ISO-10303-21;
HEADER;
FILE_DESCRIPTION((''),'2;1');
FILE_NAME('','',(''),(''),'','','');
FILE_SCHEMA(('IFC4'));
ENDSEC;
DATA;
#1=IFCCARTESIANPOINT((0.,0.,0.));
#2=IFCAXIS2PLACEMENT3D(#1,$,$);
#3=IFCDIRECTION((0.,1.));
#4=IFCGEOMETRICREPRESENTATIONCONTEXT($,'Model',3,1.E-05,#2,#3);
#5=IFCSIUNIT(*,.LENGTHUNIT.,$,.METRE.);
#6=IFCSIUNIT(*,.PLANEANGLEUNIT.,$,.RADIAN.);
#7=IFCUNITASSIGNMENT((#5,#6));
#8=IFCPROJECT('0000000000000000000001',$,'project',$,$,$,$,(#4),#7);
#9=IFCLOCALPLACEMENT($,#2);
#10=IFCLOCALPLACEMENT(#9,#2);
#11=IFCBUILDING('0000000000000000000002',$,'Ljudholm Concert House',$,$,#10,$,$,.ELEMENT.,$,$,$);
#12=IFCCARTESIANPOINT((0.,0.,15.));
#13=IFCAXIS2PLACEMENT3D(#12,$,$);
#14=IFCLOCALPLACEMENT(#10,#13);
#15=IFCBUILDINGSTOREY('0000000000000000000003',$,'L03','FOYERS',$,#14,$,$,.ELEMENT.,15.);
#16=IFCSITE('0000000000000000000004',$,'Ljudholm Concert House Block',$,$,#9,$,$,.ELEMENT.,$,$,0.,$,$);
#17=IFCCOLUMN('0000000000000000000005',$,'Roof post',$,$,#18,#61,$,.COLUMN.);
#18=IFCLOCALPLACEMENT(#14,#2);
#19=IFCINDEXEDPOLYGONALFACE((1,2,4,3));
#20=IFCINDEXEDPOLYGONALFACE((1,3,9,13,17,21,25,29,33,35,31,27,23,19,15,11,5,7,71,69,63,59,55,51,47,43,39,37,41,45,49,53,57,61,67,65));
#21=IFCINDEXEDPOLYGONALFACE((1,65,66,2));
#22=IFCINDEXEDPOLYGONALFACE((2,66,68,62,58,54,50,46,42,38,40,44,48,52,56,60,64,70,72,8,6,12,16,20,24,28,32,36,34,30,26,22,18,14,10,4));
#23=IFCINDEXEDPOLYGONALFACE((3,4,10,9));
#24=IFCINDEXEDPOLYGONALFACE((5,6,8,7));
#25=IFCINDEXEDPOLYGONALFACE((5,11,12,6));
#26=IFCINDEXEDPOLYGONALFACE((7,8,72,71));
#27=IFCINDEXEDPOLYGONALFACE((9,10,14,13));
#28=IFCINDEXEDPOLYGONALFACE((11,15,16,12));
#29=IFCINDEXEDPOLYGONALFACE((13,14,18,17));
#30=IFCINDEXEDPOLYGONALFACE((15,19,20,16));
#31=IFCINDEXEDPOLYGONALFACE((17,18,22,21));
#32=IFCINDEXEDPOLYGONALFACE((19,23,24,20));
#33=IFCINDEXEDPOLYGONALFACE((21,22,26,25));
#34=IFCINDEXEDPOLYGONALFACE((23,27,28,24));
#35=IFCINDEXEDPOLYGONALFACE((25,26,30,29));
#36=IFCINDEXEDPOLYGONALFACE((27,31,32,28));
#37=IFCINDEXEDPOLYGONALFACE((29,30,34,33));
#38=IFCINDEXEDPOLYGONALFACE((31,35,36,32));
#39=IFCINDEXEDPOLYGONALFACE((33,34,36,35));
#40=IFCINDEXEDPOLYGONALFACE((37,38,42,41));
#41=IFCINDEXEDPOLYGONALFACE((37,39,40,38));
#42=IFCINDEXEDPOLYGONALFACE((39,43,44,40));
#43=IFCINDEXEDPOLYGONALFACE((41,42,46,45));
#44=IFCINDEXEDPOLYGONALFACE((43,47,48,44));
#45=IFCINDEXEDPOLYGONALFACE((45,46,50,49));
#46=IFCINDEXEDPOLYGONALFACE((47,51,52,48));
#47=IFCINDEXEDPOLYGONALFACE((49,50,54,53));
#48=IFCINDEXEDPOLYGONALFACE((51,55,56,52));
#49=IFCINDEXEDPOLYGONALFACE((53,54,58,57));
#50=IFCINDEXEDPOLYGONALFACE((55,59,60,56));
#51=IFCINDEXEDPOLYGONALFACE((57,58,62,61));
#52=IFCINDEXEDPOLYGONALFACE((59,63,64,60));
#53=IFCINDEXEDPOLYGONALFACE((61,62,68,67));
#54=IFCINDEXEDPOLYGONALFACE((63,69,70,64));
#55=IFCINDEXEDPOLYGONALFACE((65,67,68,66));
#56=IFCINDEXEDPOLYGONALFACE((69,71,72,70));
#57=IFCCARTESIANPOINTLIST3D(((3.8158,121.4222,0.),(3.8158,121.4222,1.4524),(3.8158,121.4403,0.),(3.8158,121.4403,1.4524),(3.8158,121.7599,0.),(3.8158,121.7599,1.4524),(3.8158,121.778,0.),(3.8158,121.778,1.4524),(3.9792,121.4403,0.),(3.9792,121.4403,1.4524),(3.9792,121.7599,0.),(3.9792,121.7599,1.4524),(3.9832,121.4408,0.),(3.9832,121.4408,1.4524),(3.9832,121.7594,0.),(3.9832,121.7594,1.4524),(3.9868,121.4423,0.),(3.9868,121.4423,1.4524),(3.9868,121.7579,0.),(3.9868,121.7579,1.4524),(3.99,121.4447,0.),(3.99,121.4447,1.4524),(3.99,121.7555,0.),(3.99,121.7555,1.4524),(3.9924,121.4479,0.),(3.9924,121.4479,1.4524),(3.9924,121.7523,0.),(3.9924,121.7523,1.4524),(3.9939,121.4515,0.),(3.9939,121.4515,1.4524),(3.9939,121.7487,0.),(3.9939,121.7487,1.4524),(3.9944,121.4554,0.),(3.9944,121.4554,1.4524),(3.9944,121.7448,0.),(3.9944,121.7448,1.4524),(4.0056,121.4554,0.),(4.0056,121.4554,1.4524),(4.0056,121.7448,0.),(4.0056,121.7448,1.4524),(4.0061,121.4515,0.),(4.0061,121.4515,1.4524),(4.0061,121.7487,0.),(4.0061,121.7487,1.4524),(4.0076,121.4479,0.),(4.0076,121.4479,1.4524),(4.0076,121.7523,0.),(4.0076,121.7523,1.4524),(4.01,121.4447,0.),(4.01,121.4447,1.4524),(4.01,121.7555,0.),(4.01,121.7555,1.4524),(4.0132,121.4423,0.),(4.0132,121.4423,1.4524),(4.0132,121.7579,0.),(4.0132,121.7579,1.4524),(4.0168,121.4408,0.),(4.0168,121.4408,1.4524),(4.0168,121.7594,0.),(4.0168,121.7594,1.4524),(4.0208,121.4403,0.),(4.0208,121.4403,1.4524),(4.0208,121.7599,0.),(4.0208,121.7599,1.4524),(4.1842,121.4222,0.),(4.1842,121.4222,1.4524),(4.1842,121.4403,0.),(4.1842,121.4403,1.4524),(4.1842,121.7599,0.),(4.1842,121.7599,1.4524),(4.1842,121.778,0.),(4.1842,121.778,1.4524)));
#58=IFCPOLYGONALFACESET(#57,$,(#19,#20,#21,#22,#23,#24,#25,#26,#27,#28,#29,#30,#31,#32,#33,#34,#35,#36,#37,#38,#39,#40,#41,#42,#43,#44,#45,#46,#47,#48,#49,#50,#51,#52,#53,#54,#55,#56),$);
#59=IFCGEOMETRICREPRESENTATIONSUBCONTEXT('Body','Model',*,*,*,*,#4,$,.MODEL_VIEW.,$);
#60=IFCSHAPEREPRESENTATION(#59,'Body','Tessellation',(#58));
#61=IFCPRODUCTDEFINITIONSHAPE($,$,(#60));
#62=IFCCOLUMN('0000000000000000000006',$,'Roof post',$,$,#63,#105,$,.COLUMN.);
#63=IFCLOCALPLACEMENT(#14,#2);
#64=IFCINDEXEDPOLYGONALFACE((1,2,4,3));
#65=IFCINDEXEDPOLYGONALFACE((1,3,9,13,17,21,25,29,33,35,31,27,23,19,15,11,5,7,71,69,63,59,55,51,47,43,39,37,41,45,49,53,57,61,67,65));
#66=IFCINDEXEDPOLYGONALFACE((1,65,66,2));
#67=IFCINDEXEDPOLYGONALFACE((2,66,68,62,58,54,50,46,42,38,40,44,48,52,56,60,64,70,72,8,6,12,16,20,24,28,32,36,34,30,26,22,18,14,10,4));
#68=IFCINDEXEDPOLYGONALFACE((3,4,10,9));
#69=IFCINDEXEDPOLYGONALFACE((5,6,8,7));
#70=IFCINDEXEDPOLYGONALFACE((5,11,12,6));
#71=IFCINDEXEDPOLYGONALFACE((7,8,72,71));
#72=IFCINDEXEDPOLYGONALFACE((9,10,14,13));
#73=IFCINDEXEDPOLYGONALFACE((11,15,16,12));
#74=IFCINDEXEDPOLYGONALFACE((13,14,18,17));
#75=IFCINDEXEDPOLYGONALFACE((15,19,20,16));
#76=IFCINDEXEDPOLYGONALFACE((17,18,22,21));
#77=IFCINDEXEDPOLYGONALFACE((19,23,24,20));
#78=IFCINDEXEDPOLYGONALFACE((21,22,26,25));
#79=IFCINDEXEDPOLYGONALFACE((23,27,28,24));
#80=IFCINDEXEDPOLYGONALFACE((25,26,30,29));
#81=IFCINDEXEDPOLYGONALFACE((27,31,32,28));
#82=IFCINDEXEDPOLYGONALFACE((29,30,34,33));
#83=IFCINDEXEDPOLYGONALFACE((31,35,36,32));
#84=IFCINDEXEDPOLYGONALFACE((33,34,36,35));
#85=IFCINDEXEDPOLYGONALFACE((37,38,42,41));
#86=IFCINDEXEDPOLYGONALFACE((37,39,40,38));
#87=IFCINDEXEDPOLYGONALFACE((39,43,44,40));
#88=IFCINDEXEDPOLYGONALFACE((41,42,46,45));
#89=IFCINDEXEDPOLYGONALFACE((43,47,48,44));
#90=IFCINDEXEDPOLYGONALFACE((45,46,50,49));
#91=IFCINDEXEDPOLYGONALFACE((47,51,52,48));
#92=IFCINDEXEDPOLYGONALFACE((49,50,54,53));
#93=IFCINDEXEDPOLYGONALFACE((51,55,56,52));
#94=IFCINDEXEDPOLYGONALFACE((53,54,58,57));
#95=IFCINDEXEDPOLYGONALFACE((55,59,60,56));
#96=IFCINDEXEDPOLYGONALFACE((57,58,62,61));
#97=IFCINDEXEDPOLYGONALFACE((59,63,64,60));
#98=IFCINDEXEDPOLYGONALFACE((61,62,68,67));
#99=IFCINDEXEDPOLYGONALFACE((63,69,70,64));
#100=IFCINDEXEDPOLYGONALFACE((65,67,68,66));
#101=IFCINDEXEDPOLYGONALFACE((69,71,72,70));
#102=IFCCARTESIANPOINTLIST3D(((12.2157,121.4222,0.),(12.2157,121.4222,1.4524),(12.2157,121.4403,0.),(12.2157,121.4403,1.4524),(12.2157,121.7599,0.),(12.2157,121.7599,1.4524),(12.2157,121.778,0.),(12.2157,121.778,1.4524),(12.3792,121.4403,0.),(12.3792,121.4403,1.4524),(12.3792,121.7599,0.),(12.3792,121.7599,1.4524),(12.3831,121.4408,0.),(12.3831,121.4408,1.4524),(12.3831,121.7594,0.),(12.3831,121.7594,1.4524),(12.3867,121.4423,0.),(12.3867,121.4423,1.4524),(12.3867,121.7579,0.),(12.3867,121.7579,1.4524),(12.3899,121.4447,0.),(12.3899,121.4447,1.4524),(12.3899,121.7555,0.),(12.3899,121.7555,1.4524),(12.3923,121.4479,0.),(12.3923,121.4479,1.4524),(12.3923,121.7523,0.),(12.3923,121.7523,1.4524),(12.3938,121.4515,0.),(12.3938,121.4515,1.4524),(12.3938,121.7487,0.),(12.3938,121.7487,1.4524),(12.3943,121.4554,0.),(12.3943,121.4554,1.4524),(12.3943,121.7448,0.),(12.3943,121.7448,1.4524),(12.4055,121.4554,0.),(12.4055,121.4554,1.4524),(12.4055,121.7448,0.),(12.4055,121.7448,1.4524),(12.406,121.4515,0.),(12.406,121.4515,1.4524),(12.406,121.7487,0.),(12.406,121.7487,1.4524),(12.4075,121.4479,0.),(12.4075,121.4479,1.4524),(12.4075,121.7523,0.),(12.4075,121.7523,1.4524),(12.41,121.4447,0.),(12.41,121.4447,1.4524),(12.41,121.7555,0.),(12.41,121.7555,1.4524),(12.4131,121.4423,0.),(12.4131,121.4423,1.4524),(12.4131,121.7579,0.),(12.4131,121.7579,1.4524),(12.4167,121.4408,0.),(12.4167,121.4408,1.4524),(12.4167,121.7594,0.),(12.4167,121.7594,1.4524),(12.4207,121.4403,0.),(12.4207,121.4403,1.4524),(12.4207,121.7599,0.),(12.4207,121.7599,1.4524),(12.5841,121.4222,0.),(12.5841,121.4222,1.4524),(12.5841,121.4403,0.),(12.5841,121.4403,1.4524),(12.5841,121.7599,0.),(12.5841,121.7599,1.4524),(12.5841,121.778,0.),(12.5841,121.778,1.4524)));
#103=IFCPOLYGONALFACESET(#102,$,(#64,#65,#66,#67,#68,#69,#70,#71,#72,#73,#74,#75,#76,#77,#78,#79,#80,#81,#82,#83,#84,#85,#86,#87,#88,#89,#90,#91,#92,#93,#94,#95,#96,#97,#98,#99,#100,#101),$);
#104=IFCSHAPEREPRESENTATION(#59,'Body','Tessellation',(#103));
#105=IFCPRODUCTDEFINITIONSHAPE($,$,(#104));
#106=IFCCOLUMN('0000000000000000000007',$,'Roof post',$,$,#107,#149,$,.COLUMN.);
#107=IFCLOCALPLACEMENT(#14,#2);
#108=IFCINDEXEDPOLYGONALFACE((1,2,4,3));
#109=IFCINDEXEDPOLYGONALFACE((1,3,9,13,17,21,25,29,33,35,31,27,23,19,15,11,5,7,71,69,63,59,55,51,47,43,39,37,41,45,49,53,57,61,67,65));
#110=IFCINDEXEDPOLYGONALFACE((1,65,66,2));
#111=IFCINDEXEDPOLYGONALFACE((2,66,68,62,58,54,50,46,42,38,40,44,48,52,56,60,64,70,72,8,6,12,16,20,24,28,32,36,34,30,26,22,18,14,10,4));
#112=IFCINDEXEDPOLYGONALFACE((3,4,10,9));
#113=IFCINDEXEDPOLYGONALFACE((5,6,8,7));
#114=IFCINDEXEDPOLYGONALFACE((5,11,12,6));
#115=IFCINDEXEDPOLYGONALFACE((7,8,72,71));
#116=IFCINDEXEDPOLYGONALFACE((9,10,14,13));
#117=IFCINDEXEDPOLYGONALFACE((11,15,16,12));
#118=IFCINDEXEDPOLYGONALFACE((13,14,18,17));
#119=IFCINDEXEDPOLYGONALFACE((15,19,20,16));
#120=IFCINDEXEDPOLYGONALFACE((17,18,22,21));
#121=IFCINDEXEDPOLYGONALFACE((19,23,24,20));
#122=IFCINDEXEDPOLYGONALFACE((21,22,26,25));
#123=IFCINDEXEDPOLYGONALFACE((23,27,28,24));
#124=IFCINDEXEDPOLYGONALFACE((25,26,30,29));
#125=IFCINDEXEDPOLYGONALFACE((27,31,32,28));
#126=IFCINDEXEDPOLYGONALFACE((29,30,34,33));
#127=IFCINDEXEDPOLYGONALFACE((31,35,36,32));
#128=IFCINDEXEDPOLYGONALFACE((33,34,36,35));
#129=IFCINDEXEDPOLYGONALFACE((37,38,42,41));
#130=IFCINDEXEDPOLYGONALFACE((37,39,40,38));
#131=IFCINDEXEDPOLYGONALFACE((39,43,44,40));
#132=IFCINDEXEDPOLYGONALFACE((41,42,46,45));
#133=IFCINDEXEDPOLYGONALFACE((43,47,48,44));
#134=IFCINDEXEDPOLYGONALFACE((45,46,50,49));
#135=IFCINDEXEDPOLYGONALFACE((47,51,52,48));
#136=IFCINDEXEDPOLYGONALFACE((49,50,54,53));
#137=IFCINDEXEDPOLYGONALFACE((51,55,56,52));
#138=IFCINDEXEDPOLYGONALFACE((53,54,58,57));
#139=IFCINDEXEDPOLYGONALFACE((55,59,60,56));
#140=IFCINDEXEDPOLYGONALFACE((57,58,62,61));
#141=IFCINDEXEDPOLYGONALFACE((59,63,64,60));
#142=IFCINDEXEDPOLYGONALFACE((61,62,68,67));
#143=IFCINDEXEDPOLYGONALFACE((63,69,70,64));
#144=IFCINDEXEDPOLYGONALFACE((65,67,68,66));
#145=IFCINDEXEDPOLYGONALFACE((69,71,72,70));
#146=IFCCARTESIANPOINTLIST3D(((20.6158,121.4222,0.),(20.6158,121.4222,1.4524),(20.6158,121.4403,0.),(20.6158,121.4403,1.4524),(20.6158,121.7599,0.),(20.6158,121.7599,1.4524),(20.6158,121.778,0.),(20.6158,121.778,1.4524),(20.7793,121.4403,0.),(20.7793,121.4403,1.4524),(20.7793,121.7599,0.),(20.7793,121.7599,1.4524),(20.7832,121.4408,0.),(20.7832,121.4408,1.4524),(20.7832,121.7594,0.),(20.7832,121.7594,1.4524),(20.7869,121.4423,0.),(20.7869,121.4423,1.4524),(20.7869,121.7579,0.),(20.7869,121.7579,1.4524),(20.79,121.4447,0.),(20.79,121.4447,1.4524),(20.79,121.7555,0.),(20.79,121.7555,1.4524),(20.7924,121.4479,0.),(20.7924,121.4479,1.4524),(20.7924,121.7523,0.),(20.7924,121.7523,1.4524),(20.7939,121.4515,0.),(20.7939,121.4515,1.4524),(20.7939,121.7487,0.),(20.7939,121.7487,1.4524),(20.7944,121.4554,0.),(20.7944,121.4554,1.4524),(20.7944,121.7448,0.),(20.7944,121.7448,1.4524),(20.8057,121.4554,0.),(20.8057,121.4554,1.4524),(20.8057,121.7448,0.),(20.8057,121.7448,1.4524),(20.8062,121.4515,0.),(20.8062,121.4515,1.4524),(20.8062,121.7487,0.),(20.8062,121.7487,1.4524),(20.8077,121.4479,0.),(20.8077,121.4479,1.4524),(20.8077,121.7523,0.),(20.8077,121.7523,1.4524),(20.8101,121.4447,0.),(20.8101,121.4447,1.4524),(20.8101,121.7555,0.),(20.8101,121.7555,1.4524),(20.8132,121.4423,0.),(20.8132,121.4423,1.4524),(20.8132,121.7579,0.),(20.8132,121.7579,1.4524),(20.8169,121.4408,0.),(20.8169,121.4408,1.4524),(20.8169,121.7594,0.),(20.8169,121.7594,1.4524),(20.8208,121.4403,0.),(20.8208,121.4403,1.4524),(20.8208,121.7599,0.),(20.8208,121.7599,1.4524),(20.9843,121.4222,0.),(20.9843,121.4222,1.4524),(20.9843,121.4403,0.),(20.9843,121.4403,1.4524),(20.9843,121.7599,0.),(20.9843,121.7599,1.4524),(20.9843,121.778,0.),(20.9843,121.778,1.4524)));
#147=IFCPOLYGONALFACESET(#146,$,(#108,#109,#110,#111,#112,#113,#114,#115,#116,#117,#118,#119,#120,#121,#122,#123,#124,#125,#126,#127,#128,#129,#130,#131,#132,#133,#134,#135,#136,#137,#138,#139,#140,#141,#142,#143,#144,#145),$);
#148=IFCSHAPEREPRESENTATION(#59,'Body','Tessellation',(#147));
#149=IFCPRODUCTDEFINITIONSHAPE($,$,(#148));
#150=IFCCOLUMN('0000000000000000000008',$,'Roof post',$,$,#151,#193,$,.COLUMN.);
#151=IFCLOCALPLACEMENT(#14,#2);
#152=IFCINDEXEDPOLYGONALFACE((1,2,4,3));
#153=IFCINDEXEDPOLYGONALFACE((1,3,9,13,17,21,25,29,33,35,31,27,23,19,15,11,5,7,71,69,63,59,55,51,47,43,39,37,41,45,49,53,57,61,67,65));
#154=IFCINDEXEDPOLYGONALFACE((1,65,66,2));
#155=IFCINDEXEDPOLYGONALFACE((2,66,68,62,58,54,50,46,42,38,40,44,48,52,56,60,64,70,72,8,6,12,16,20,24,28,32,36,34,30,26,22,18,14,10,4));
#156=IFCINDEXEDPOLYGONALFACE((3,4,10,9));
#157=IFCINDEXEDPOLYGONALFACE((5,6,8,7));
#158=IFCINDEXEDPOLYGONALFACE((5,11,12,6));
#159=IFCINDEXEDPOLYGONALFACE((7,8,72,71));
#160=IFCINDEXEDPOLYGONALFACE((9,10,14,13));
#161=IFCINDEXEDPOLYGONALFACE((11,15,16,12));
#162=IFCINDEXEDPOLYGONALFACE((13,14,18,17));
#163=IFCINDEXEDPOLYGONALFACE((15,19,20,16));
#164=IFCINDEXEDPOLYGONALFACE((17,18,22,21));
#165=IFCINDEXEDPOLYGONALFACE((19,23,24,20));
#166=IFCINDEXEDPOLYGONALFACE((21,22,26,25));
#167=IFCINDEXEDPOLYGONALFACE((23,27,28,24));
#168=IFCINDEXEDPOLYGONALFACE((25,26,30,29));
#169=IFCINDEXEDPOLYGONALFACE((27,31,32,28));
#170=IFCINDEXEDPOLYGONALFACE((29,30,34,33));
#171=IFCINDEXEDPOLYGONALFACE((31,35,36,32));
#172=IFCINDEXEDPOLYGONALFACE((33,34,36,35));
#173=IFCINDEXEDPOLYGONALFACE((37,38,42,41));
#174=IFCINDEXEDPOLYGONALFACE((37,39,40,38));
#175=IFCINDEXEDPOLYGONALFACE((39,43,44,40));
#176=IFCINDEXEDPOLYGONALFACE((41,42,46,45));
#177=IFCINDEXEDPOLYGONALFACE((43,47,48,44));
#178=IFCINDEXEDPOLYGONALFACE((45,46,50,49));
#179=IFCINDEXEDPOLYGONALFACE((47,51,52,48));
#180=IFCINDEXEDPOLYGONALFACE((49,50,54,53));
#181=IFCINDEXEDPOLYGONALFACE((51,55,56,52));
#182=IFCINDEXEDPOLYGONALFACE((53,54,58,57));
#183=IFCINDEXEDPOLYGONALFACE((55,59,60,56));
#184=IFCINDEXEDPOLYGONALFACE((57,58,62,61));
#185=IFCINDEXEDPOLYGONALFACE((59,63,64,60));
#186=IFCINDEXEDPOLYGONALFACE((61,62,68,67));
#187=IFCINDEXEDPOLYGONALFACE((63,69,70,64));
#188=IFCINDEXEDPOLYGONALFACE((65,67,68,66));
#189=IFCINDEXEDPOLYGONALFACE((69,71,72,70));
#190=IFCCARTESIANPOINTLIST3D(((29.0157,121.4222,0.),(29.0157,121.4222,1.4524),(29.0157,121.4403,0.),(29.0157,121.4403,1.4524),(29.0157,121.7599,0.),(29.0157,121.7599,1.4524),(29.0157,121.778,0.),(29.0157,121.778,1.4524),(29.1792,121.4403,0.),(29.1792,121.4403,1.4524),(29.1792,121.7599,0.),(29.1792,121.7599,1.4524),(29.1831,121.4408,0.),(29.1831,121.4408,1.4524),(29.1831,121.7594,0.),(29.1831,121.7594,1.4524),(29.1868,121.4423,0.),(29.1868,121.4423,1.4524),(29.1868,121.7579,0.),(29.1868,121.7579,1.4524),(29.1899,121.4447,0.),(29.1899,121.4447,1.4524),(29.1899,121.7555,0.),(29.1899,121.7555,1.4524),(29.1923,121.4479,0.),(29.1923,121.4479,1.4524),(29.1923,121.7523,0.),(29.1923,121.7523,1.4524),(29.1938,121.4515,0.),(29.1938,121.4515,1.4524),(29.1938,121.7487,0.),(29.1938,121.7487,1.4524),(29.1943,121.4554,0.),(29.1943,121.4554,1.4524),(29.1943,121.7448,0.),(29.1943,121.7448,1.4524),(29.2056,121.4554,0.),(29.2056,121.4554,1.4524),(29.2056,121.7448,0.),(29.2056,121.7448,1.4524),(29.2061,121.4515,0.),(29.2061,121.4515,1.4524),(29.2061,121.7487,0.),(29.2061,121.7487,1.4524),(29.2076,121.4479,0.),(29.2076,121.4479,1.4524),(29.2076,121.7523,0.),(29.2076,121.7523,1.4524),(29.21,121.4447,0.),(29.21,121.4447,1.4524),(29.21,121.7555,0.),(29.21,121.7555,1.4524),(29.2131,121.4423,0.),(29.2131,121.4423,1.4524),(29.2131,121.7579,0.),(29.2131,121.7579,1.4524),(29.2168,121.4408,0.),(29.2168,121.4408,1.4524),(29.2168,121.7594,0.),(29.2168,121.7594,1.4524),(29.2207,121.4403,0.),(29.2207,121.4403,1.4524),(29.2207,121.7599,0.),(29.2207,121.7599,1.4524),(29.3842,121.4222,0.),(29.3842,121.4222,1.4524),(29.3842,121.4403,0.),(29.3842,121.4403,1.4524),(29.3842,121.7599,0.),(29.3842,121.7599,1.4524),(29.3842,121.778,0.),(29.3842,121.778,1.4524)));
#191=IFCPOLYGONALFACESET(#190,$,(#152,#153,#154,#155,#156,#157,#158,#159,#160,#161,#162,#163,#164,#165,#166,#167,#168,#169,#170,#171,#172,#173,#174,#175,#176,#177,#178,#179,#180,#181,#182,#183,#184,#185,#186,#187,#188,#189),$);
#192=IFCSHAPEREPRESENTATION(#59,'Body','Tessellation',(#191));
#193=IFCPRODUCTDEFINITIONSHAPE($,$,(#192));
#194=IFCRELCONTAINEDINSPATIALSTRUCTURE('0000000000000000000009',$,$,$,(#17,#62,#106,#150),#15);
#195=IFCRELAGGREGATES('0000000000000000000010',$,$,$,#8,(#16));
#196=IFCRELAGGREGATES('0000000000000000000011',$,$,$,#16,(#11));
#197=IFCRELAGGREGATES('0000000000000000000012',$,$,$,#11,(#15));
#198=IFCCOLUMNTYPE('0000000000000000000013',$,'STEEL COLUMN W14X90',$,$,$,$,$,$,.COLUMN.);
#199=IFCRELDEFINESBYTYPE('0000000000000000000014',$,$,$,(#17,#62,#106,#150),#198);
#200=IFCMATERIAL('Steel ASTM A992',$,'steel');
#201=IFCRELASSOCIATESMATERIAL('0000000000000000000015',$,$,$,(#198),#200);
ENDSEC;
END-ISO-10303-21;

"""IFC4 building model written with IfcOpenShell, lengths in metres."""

from ifc_helpers import new_model, si_unit, direction, frame, origin, origin_2d, place, context, subcontext, project, spatial, i_section, extrude, material, material_profile, profile_set, type_object, element, save


model = new_model("IFC4")

# Units and contexts
model_context = context("Model", 3, precision=1e-05, world=origin(), true_north=direction((0.0, 1.0)))
body_context = subcontext(model_context, "Body", "Model", "MODEL_VIEW")
ifc_project = project(units=[si_unit("LENGTHUNIT", "METRE"), si_unit("PLANEANGLEUNIT", "RADIAN")], contexts=[model_context])

# Site, building, storey
site_placement = place(None, origin())
site = spatial("IfcSite", under=ifc_project, at=site_placement, Name="Ljudholm Concert House Block", CompositionType="ELEMENT", RefElevation=0.0)
building_placement = place(site_placement, origin())
building = spatial("IfcBuilding", under=site, at=building_placement, Name="Ljudholm Concert House", CompositionType="ELEMENT")
storey_placement = place(building_placement, frame((0.0, 0.0, 15.0)))
storey = spatial("IfcBuildingStorey", under=building, at=storey_placement, Name="L03", Description="FOYERS", CompositionType="ELEMENT", Elevation=15.0)

# Columns
ifc_material_1 = material(Name="Steel ASTM A992", Category="steel")
ifc_material_profile_1 = material_profile(ifc_material_1, i_section(OverallWidth=0.3684, OverallDepth=0.3557, WebThickness=0.0112, FlangeThickness=0.0181, FilletRadius=0.0151, at=origin_2d()), Name="W14X90")
ifc_profile_set_1 = profile_set([ifc_material_profile_1], Name="Steel ASTM A992")
column_type = type_object("IfcColumnType", Name="STEEL COLUMN W14X90", PredefinedType="COLUMN", material=ifc_profile_set_1)
for number, where, z_axis, x_axis, name in (
    (1, (4.0, 121.6001, 0.0), (0.0, 0.0, 1.0), (1.0, 0.0, 0.0), "Roof post"),
    (2, (12.3999, 121.6001, 0.0), (0.0, 0.0, 1.0), (1.0, 0.0, 0.0), "Roof post"),
    (3, (20.8, 121.6001, 0.0), (0.0, 0.0, 1.0), (1.0, 0.0, 0.0), "Roof post"),
    (4, (29.2, 121.6001, 0.0), (0.0, 0.0, 1.0), (1.0, 0.0, 0.0), "Roof post"),
):
    element("IfcColumn", number, at=place(storey_placement, frame(where, z_axis=z_axis, x_axis=x_axis)), inside=storey, type_object=column_type, Name=name, PredefinedType="COLUMN", context=body_context, shape_type="SweptSolid", body=[
        extrude(i_section(OverallWidth=0.3684, OverallDepth=0.3557, WebThickness=0.0112, FlangeThickness=0.0181, FilletRadius=0.0151, at=origin_2d()), origin(), (0.0, 0.0, 1.0), 1.4524),
    ])

save(model, "model.ifc")
